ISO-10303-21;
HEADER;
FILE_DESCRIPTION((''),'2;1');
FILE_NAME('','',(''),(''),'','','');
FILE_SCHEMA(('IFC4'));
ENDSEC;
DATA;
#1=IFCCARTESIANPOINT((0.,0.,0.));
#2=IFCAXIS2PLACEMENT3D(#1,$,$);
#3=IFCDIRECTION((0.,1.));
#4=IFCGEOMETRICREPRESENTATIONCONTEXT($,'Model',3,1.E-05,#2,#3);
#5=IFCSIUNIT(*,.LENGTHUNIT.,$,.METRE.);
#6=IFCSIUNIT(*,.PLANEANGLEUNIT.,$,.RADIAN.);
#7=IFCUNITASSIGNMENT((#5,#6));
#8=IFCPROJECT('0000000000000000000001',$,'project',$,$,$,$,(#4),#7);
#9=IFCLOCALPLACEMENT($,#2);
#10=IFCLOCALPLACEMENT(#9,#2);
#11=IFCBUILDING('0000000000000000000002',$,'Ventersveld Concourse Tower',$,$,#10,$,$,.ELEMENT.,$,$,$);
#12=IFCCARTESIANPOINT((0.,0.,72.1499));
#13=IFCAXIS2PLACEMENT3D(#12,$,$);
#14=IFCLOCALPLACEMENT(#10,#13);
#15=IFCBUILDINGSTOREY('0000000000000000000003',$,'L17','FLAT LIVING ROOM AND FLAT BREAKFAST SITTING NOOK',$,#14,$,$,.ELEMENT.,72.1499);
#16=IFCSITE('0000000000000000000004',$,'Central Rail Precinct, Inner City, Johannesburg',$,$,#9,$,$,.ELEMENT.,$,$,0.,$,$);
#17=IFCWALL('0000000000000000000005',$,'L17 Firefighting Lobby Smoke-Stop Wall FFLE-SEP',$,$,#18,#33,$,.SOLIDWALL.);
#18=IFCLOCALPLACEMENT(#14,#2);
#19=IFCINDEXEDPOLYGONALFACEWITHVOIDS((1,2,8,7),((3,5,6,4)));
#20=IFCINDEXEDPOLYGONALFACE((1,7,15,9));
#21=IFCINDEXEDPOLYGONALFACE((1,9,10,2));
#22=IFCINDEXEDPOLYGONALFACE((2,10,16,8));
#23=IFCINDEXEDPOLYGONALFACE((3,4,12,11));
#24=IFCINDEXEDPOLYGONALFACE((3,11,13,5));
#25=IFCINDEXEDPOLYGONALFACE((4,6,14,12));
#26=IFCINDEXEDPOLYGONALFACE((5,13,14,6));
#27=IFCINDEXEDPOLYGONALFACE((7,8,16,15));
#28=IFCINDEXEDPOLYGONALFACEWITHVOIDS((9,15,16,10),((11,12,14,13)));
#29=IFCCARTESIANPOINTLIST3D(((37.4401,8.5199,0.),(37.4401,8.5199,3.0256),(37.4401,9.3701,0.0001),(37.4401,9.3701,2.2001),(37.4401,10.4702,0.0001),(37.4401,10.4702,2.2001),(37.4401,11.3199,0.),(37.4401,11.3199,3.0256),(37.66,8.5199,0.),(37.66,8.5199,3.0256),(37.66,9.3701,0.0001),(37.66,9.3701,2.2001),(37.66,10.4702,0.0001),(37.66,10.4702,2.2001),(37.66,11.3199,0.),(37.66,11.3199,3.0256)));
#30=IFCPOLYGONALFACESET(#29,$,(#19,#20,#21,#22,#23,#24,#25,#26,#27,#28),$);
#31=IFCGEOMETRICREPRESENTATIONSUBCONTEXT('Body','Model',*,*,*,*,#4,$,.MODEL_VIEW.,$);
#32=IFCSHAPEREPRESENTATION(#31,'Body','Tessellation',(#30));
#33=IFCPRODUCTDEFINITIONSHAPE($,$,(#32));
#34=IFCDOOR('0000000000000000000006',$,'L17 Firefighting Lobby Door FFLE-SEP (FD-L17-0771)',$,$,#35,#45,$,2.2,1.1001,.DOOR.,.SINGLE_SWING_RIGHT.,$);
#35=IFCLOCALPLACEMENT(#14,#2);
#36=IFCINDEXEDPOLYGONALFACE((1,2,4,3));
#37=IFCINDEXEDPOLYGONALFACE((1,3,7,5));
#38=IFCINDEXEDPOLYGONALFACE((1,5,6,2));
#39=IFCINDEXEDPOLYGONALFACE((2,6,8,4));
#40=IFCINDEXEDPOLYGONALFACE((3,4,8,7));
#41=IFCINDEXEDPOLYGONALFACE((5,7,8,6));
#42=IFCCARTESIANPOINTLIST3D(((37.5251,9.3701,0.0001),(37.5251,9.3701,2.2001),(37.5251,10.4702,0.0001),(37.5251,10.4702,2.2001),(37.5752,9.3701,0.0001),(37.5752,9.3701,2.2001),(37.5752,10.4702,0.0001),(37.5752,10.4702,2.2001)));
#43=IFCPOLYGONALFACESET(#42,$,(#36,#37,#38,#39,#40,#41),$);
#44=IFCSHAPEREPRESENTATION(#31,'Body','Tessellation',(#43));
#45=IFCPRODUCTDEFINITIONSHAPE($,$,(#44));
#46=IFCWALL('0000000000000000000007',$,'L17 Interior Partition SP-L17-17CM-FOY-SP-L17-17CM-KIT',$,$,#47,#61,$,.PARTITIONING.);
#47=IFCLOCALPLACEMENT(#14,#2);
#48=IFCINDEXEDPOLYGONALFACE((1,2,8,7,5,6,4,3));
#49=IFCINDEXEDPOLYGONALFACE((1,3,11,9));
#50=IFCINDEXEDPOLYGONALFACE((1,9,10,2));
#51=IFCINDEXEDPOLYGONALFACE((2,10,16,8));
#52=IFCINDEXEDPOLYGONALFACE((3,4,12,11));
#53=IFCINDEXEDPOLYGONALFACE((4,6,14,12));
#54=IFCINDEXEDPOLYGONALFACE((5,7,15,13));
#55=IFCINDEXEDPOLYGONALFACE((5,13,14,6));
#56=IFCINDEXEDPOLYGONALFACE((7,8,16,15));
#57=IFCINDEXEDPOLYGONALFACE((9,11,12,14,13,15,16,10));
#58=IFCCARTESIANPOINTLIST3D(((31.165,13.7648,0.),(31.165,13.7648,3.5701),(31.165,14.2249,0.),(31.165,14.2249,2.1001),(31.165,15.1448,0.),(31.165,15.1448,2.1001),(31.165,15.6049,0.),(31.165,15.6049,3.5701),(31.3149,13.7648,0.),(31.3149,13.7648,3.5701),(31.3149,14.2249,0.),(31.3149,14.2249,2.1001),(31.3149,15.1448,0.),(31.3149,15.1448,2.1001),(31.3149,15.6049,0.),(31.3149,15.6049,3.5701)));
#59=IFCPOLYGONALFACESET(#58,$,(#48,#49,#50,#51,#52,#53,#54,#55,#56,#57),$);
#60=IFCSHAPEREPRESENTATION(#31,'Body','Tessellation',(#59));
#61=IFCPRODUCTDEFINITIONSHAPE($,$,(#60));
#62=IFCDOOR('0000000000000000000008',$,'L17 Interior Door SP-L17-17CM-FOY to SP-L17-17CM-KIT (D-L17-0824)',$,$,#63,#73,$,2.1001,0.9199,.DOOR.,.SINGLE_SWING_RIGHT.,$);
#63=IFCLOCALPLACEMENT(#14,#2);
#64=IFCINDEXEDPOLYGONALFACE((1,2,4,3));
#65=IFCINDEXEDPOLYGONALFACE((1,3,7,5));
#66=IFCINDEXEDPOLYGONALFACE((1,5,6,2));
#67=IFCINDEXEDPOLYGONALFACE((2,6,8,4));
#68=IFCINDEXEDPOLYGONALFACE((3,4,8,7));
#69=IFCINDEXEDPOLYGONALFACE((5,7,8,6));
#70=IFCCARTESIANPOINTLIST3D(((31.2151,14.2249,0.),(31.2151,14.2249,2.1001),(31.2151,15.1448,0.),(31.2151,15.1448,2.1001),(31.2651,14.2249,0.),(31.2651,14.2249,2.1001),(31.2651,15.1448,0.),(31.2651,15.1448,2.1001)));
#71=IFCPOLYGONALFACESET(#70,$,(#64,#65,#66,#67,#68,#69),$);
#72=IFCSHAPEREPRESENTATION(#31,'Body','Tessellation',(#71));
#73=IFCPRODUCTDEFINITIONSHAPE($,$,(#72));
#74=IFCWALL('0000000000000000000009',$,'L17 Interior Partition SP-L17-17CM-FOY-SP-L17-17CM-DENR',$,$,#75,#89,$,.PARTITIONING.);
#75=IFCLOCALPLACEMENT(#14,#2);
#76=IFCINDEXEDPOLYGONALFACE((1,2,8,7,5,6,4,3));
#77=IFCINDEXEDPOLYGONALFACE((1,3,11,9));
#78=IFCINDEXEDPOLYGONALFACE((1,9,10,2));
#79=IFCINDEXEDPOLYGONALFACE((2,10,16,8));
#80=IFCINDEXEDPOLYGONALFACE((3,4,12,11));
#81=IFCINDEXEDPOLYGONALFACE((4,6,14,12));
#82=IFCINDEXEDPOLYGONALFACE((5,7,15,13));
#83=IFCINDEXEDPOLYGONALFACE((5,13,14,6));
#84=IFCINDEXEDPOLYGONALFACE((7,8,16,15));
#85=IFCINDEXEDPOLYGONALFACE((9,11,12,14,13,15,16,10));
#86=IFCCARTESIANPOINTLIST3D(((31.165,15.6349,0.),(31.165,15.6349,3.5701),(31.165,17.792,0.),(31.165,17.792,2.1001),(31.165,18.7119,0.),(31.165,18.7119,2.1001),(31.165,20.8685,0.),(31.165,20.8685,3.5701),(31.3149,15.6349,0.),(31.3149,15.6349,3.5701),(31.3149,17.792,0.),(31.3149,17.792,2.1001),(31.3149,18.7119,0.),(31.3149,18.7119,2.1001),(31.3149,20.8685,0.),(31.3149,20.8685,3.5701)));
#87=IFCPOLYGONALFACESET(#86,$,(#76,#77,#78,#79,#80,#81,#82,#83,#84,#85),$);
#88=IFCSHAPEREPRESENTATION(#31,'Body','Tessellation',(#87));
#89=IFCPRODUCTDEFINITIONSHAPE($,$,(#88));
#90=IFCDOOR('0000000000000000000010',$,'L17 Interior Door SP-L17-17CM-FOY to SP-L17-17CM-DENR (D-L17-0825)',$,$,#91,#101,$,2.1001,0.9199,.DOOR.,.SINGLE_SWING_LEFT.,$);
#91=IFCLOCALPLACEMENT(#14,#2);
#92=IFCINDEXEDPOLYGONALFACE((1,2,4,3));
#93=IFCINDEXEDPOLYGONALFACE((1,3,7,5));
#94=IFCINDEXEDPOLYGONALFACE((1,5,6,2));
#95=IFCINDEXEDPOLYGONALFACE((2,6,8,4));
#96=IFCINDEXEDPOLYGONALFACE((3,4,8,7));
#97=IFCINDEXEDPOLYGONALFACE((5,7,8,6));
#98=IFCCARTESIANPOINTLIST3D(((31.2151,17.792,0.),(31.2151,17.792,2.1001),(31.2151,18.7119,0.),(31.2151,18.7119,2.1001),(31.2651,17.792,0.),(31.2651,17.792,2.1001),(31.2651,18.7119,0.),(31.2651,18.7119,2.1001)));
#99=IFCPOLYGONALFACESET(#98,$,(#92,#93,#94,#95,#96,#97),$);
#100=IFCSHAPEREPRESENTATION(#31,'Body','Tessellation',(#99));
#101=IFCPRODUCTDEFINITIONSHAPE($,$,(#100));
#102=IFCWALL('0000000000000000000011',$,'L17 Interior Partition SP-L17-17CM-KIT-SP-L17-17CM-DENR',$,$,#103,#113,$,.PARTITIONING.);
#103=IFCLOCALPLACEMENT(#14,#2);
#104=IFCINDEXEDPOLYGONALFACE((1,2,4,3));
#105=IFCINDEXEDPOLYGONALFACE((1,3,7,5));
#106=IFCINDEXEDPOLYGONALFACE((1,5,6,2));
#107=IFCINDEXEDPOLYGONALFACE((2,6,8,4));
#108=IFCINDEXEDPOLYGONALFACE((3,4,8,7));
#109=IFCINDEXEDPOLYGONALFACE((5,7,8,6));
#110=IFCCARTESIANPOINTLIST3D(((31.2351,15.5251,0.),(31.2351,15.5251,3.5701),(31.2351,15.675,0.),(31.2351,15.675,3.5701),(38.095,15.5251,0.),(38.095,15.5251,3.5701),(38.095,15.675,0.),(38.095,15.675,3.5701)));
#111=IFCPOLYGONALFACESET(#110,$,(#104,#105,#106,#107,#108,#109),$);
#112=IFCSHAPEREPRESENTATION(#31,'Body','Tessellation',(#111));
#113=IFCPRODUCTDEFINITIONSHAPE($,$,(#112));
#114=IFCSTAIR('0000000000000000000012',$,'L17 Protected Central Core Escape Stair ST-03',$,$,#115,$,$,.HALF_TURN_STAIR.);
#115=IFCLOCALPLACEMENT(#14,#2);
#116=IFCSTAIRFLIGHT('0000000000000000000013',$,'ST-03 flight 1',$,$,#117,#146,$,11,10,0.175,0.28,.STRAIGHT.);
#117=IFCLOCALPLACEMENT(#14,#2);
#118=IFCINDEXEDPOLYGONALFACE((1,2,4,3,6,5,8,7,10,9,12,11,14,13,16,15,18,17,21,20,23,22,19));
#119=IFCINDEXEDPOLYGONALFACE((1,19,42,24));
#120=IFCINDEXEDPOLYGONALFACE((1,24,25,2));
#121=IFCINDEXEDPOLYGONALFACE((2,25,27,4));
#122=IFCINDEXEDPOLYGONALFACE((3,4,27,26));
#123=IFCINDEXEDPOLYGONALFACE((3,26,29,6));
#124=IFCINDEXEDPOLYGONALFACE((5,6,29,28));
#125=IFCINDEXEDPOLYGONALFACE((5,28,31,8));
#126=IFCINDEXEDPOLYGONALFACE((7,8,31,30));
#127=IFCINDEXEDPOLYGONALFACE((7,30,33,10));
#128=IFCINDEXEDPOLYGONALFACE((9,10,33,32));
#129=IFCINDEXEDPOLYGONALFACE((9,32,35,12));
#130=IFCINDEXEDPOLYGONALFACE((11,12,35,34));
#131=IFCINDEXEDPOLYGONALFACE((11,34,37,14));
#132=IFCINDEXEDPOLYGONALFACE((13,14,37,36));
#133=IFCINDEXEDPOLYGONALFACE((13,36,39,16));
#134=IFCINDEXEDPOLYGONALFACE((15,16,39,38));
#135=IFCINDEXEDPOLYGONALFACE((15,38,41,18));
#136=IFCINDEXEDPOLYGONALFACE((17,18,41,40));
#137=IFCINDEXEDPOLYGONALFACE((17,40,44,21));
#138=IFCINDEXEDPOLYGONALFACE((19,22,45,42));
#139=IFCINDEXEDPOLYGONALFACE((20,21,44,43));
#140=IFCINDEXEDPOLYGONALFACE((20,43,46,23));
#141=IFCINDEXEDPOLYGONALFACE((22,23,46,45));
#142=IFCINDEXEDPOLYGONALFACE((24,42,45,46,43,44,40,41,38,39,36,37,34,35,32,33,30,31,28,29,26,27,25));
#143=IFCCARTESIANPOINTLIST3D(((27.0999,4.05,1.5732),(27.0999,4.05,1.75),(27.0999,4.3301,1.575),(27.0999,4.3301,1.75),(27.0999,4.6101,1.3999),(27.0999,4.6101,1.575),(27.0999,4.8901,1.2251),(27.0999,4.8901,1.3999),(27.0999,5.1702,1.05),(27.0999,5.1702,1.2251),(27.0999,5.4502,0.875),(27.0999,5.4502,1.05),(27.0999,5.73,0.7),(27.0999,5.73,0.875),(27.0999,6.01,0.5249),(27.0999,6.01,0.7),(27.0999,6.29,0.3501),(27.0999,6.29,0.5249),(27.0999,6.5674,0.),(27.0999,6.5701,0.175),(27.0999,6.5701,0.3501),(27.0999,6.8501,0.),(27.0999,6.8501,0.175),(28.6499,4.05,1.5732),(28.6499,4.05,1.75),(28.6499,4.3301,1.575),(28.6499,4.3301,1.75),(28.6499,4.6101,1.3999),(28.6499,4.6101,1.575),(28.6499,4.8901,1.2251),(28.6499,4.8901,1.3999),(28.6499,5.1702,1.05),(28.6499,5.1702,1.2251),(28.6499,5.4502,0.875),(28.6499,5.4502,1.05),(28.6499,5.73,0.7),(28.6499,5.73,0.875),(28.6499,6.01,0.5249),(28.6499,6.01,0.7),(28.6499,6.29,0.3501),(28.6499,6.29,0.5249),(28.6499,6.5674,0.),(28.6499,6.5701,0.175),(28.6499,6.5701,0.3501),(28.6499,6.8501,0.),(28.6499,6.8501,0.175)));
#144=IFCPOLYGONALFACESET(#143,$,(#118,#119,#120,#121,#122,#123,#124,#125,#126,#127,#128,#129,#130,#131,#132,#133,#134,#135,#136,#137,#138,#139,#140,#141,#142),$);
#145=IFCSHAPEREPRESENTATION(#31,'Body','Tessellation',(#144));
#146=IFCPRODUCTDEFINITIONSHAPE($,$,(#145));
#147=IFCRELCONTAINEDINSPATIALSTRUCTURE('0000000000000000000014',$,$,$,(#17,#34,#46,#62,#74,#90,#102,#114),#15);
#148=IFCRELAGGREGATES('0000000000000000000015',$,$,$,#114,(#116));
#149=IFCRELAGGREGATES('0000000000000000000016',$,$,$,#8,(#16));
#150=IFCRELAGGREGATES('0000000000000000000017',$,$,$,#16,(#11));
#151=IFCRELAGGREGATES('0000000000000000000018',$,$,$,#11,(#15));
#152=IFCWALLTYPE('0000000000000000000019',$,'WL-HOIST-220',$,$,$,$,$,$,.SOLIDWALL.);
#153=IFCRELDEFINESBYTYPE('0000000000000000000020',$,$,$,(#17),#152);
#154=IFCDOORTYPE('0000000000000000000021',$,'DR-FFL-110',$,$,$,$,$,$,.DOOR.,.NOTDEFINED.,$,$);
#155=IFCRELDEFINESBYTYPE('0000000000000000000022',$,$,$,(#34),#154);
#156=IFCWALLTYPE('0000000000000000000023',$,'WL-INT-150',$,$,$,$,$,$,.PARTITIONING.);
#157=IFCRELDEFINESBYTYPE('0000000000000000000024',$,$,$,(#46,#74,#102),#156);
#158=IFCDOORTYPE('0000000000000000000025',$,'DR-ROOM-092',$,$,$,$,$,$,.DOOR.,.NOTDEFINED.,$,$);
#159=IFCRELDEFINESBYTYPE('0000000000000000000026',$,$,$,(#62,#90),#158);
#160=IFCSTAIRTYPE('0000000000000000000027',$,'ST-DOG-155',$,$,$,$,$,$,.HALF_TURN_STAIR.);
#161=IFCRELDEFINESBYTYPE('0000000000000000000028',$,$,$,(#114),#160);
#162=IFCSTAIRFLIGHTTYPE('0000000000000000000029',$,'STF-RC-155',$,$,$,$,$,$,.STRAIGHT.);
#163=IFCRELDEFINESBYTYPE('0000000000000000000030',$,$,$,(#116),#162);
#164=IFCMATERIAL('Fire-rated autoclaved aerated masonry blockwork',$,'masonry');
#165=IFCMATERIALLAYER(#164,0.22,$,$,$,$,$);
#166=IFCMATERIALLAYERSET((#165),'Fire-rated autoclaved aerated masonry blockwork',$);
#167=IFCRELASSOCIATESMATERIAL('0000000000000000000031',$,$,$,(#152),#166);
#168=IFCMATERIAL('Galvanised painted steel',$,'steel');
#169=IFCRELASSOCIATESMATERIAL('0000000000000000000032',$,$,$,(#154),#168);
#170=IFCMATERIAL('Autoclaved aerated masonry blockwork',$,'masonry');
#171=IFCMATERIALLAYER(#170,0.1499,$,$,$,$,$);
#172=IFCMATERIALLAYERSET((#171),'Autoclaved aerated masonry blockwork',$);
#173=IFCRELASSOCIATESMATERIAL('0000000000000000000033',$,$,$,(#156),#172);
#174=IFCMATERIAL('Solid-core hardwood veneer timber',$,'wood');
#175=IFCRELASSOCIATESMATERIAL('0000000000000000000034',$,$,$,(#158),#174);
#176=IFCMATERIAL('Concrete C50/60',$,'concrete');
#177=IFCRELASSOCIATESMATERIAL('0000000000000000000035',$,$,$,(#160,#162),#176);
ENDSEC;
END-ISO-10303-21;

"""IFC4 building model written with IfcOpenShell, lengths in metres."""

from ifc_helpers import new_model, si_unit, direction, frame, frame_2d, origin, place, context, subcontext, project, spatial, polyline, rectangle, outline, extrude, material, layer, layer_set, type_object, element, fill, aggregate, save


model = new_model("IFC4")

# Units and contexts
model_context = context("Model", 3, precision=1e-05, world=origin(), true_north=direction((0.0, 1.0)))
body_context = subcontext(model_context, "Body", "Model", "MODEL_VIEW")
ifc_project = project(units=[si_unit("LENGTHUNIT", "METRE"), si_unit("PLANEANGLEUNIT", "RADIAN")], contexts=[model_context])

# Site, building, storey
site_placement = place(None, origin())
site = spatial("IfcSite", under=ifc_project, at=site_placement, Name="Central Rail Precinct, Inner City, Johannesburg", CompositionType="ELEMENT", RefElevation=0.0)
building_placement = place(site_placement, origin())
building = spatial("IfcBuilding", under=site, at=building_placement, Name="Ventersveld Concourse Tower", CompositionType="ELEMENT")
storey_placement = place(building_placement, frame((0.0, 0.0, 72.1499)))
storey = spatial("IfcBuildingStorey", under=building, at=storey_placement, Name="L17", Description="FLAT LIVING ROOM AND FLAT BREAKFAST SITTING NOOK", CompositionType="ELEMENT", Elevation=72.1499)

# Shared definitions
ifc_material_1 = material(Name="Concrete C50/60", Category="concrete")

# Shared definitions
ifc_material_2 = material(Name="Fire-rated autoclaved aerated masonry blockwork", Category="masonry")

# Shared definitions
ifc_material_3 = material(Name="Galvanised painted steel", Category="steel")

# Shared definitions
ifc_layer_1 = layer(ifc_material_2, 0.22)
ifc_layer_set_1 = layer_set([ifc_layer_1], Name="Fire-rated autoclaved aerated masonry blockwork")
wall_type_1 = type_object("IfcWallType", Name="WL-HOIST-220", PredefinedType="SOLIDWALL", material=ifc_layer_set_1)

# Walls, openings, doors
wall_1_placement = place(storey_placement, frame((37.55, 8.52, 0.0), z_axis=(0.0, 0.0, 1.0), x_axis=(0.0, 1.0, 0.0)))
wall_1 = element("IfcWall", 1, at=wall_1_placement, inside=storey, type_object=wall_type_1, Name="L17 Firefighting Lobby Smoke-Stop Wall FFLE-SEP", PredefinedType="SOLIDWALL", context=body_context, shape_type="SweptSolid", body=[
    extrude(rectangle(XDim=2.8, YDim=0.22, at=frame_2d((1.3999, 0.0))), origin(), (0.0, 0.0, 1.0), 3.0256),
])
opening_1_placement = place(wall_1_placement, frame((0.8501, 0.0, 0.0)))
opening_1 = element("IfcOpeningElement", 2, at=opening_1_placement, cuts=wall_1, PredefinedType="OPENING", context=body_context, shape_type="SweptSolid", body=[
    extrude(rectangle(XDim=1.1001, YDim=2.2, at=frame_2d((0.55, 1.1001))), frame((0.0, 0.1201, 0.0), z_axis=(0.0, -1.0, 0.0), x_axis=(1.0, 0.0, 0.0)), (0.0, 0.0, 1.0), 0.24),
])
door_type_1 = type_object("IfcDoorType", Name="DR-FFL-110", OperationType="NOTDEFINED", PredefinedType="DOOR", material=ifc_material_3)
door_1_placement = place(opening_1_placement, origin())
door_1 = element("IfcDoor", 3, at=door_1_placement, inside=storey, type_object=door_type_1, Name="L17 Firefighting Lobby Door FFLE-SEP (FD-L17-0771)", OperationType="SINGLE_SWING_RIGHT", OverallHeight=2.2, OverallWidth=1.1001, PredefinedType="DOOR", context=body_context, shape_type="SweptSolid", body=[
    extrude(rectangle(XDim=1.1001, YDim=2.2, at=frame_2d((0.55, 1.1001))), frame((0.0, 0.0249, 0.0), z_axis=(0.0, -1.0, 0.0), x_axis=(1.0, 0.0, 0.0)), (0.0, 0.0, 1.0), 0.05),
])
fill(opening_1, door_1)
ifc_material_4 = material(Name="Autoclaved aerated masonry blockwork", Category="masonry")
ifc_layer_2 = layer(ifc_material_4, 0.1499)
ifc_layer_set_2 = layer_set([ifc_layer_2], Name="Autoclaved aerated masonry blockwork")
wall_type_2 = type_object("IfcWallType", Name="WL-INT-150", PredefinedType="PARTITIONING", material=ifc_layer_set_2)
wall_2_placement = place(storey_placement, frame((31.24, 13.7649, 0.0), z_axis=(0.0, 0.0, 1.0), x_axis=(0.0, 1.0, 0.0)))
wall_2 = element("IfcWall", 4, at=wall_2_placement, inside=storey, type_object=wall_type_2, Name="L17 Interior Partition SP-L17-17CM-FOY-SP-L17-17CM-KIT", PredefinedType="PARTITIONING", context=body_context, shape_type="SweptSolid", body=[
    extrude(rectangle(XDim=1.8401, YDim=0.1499, at=frame_2d((0.9199, 0.0))), origin(), (0.0, 0.0, 1.0), 3.5701),
])
opening_2_placement = place(wall_2_placement, frame((0.46, 0.0, 0.0)))
opening_2 = element("IfcOpeningElement", 5, at=opening_2_placement, cuts=wall_2, PredefinedType="OPENING", context=body_context, shape_type="SweptSolid", body=[
    extrude(rectangle(XDim=0.9199, YDim=2.1001, at=frame_2d((0.46, 1.05))), frame((0.0, 0.085, 0.0), z_axis=(0.0, -1.0, 0.0), x_axis=(1.0, 0.0, 0.0)), (0.0, 0.0, 1.0), 0.1699),
])
ifc_material_5 = material(Name="Solid-core hardwood veneer timber", Category="wood")
door_type_2 = type_object("IfcDoorType", Name="DR-ROOM-092", OperationType="NOTDEFINED", PredefinedType="DOOR", material=ifc_material_5)
door_2_placement = place(opening_2_placement, origin())
door_2 = element("IfcDoor", 6, at=door_2_placement, inside=storey, type_object=door_type_2, Name="L17 Interior Door SP-L17-17CM-FOY to SP-L17-17CM-KIT (D-L17-0824)", OperationType="SINGLE_SWING_RIGHT", OverallHeight=2.1001, OverallWidth=0.9199, PredefinedType="DOOR", context=body_context, shape_type="SweptSolid", body=[
    extrude(rectangle(XDim=0.9199, YDim=2.1001, at=frame_2d((0.46, 1.05))), frame((0.0, 0.0249, 0.0), z_axis=(0.0, -1.0, 0.0), x_axis=(1.0, 0.0, 0.0)), (0.0, 0.0, 1.0), 0.05),
])
fill(opening_2, door_2)
wall_3_placement = place(storey_placement, frame((31.24, 15.635, 0.0), z_axis=(0.0, 0.0, 1.0), x_axis=(0.0, 1.0, 0.0)))
wall_3 = element("IfcWall", 7, at=wall_3_placement, inside=storey, type_object=wall_type_2, Name="L17 Interior Partition SP-L17-17CM-FOY-SP-L17-17CM-DENR", PredefinedType="PARTITIONING", context=body_context, shape_type="SweptSolid", body=[
    extrude(rectangle(XDim=5.2336, YDim=0.1499, at=frame_2d((2.6167, 0.0))), origin(), (0.0, 0.0, 1.0), 3.5701),
])
opening_3_placement = place(wall_3_placement, frame((2.157, 0.0, 0.0)))
opening_3 = element("IfcOpeningElement", 8, at=opening_3_placement, cuts=wall_3, PredefinedType="OPENING", context=body_context, shape_type="SweptSolid", body=[
    extrude(rectangle(XDim=0.9199, YDim=2.1001, at=frame_2d((0.46, 1.05))), frame((0.0, 0.085, 0.0), z_axis=(0.0, -1.0, 0.0), x_axis=(1.0, 0.0, 0.0)), (0.0, 0.0, 1.0), 0.1699),
])
door_3_placement = place(opening_3_placement, origin())
door_3 = element("IfcDoor", 9, at=door_3_placement, inside=storey, type_object=door_type_2, Name="L17 Interior Door SP-L17-17CM-FOY to SP-L17-17CM-DENR (D-L17-0825)", OperationType="SINGLE_SWING_LEFT", OverallHeight=2.1001, OverallWidth=0.9199, PredefinedType="DOOR", context=body_context, shape_type="SweptSolid", body=[
    extrude(rectangle(XDim=0.9199, YDim=2.1001, at=frame_2d((0.46, 1.05))), frame((0.0, 0.0249, 0.0), z_axis=(0.0, -1.0, 0.0), x_axis=(1.0, 0.0, 0.0)), (0.0, 0.0, 1.0), 0.05),
])
fill(opening_3, door_3)

# Wall
wall_4_placement = place(storey_placement, frame((31.2351, 15.6001, 0.0), z_axis=(0.0, 0.0, 1.0), x_axis=(1.0, 0.0, 0.0)))
element("IfcWall", 10, at=wall_4_placement, inside=storey, type_object=wall_type_2, Name="L17 Interior Partition SP-L17-17CM-KIT-SP-L17-17CM-DENR", PredefinedType="PARTITIONING", context=body_context, shape_type="SweptSolid", body=[
    extrude(rectangle(XDim=6.8599, YDim=0.1499, at=frame_2d((3.4299, 0.0))), origin(), (0.0, 0.0, 1.0), 3.5701),
])

# Stair, stair flight
stair_type = type_object("IfcStairType", Name="ST-DOG-155", PredefinedType="HALF_TURN_STAIR", material=ifc_material_1)
stair_placement = place(storey_placement, origin())
stair = element("IfcStair", 11, at=stair_placement, inside=storey, type_object=stair_type, Name="L17 Protected Central Core Escape Stair ST-03", PredefinedType="HALF_TURN_STAIR")
stair_flight_type = type_object("IfcStairFlightType", Name="STF-RC-155", PredefinedType="STRAIGHT", material=ifc_material_1)
stair_flight_placement = place(storey_placement, frame((27.875, 6.8501, 0.0), z_axis=(0.0, 0.0, 1.0), x_axis=(0.0, -1.0, 0.0)))
stair_flight = element("IfcStairFlight", 12, at=stair_flight_placement, type_object=stair_flight_type, Name="ST-03 flight 1", NumberOfRisers=11, NumberOfTreads=10, PredefinedType="STRAIGHT", RiserHeight=0.175, TreadLength=0.28, context=body_context, shape_type="SweptSolid", body=[
    extrude(outline(polyline([(0.0, 0.0), (0.0, 0.175), (0.28, 0.175), (0.28, 0.3501), (0.5601, 0.3501), (0.5601, 0.5249), (0.8401, 0.5249), (0.8401, 0.7), (1.1201, 0.7), (1.1201, 0.875), (1.3999, 0.875), (1.3999, 1.05), (1.6799, 1.05), (1.6799, 1.2251), (1.96, 1.2251), (1.96, 1.3999), (2.24, 1.3999), (2.24, 1.575), (2.52, 1.575), (2.52, 1.75), (2.8, 1.75), (2.8, 1.925), (2.8, 1.5732), (0.2827, 0.0), (0.0, 0.0)])), frame((0.0, 0.7749, 0.0), z_axis=(0.0, -1.0, 0.0), x_axis=(1.0, 0.0, 0.0)), (0.0, 0.0, 1.0), 1.55),
])
aggregate(stair, [stair_flight])

save(model, "model.ifc")
